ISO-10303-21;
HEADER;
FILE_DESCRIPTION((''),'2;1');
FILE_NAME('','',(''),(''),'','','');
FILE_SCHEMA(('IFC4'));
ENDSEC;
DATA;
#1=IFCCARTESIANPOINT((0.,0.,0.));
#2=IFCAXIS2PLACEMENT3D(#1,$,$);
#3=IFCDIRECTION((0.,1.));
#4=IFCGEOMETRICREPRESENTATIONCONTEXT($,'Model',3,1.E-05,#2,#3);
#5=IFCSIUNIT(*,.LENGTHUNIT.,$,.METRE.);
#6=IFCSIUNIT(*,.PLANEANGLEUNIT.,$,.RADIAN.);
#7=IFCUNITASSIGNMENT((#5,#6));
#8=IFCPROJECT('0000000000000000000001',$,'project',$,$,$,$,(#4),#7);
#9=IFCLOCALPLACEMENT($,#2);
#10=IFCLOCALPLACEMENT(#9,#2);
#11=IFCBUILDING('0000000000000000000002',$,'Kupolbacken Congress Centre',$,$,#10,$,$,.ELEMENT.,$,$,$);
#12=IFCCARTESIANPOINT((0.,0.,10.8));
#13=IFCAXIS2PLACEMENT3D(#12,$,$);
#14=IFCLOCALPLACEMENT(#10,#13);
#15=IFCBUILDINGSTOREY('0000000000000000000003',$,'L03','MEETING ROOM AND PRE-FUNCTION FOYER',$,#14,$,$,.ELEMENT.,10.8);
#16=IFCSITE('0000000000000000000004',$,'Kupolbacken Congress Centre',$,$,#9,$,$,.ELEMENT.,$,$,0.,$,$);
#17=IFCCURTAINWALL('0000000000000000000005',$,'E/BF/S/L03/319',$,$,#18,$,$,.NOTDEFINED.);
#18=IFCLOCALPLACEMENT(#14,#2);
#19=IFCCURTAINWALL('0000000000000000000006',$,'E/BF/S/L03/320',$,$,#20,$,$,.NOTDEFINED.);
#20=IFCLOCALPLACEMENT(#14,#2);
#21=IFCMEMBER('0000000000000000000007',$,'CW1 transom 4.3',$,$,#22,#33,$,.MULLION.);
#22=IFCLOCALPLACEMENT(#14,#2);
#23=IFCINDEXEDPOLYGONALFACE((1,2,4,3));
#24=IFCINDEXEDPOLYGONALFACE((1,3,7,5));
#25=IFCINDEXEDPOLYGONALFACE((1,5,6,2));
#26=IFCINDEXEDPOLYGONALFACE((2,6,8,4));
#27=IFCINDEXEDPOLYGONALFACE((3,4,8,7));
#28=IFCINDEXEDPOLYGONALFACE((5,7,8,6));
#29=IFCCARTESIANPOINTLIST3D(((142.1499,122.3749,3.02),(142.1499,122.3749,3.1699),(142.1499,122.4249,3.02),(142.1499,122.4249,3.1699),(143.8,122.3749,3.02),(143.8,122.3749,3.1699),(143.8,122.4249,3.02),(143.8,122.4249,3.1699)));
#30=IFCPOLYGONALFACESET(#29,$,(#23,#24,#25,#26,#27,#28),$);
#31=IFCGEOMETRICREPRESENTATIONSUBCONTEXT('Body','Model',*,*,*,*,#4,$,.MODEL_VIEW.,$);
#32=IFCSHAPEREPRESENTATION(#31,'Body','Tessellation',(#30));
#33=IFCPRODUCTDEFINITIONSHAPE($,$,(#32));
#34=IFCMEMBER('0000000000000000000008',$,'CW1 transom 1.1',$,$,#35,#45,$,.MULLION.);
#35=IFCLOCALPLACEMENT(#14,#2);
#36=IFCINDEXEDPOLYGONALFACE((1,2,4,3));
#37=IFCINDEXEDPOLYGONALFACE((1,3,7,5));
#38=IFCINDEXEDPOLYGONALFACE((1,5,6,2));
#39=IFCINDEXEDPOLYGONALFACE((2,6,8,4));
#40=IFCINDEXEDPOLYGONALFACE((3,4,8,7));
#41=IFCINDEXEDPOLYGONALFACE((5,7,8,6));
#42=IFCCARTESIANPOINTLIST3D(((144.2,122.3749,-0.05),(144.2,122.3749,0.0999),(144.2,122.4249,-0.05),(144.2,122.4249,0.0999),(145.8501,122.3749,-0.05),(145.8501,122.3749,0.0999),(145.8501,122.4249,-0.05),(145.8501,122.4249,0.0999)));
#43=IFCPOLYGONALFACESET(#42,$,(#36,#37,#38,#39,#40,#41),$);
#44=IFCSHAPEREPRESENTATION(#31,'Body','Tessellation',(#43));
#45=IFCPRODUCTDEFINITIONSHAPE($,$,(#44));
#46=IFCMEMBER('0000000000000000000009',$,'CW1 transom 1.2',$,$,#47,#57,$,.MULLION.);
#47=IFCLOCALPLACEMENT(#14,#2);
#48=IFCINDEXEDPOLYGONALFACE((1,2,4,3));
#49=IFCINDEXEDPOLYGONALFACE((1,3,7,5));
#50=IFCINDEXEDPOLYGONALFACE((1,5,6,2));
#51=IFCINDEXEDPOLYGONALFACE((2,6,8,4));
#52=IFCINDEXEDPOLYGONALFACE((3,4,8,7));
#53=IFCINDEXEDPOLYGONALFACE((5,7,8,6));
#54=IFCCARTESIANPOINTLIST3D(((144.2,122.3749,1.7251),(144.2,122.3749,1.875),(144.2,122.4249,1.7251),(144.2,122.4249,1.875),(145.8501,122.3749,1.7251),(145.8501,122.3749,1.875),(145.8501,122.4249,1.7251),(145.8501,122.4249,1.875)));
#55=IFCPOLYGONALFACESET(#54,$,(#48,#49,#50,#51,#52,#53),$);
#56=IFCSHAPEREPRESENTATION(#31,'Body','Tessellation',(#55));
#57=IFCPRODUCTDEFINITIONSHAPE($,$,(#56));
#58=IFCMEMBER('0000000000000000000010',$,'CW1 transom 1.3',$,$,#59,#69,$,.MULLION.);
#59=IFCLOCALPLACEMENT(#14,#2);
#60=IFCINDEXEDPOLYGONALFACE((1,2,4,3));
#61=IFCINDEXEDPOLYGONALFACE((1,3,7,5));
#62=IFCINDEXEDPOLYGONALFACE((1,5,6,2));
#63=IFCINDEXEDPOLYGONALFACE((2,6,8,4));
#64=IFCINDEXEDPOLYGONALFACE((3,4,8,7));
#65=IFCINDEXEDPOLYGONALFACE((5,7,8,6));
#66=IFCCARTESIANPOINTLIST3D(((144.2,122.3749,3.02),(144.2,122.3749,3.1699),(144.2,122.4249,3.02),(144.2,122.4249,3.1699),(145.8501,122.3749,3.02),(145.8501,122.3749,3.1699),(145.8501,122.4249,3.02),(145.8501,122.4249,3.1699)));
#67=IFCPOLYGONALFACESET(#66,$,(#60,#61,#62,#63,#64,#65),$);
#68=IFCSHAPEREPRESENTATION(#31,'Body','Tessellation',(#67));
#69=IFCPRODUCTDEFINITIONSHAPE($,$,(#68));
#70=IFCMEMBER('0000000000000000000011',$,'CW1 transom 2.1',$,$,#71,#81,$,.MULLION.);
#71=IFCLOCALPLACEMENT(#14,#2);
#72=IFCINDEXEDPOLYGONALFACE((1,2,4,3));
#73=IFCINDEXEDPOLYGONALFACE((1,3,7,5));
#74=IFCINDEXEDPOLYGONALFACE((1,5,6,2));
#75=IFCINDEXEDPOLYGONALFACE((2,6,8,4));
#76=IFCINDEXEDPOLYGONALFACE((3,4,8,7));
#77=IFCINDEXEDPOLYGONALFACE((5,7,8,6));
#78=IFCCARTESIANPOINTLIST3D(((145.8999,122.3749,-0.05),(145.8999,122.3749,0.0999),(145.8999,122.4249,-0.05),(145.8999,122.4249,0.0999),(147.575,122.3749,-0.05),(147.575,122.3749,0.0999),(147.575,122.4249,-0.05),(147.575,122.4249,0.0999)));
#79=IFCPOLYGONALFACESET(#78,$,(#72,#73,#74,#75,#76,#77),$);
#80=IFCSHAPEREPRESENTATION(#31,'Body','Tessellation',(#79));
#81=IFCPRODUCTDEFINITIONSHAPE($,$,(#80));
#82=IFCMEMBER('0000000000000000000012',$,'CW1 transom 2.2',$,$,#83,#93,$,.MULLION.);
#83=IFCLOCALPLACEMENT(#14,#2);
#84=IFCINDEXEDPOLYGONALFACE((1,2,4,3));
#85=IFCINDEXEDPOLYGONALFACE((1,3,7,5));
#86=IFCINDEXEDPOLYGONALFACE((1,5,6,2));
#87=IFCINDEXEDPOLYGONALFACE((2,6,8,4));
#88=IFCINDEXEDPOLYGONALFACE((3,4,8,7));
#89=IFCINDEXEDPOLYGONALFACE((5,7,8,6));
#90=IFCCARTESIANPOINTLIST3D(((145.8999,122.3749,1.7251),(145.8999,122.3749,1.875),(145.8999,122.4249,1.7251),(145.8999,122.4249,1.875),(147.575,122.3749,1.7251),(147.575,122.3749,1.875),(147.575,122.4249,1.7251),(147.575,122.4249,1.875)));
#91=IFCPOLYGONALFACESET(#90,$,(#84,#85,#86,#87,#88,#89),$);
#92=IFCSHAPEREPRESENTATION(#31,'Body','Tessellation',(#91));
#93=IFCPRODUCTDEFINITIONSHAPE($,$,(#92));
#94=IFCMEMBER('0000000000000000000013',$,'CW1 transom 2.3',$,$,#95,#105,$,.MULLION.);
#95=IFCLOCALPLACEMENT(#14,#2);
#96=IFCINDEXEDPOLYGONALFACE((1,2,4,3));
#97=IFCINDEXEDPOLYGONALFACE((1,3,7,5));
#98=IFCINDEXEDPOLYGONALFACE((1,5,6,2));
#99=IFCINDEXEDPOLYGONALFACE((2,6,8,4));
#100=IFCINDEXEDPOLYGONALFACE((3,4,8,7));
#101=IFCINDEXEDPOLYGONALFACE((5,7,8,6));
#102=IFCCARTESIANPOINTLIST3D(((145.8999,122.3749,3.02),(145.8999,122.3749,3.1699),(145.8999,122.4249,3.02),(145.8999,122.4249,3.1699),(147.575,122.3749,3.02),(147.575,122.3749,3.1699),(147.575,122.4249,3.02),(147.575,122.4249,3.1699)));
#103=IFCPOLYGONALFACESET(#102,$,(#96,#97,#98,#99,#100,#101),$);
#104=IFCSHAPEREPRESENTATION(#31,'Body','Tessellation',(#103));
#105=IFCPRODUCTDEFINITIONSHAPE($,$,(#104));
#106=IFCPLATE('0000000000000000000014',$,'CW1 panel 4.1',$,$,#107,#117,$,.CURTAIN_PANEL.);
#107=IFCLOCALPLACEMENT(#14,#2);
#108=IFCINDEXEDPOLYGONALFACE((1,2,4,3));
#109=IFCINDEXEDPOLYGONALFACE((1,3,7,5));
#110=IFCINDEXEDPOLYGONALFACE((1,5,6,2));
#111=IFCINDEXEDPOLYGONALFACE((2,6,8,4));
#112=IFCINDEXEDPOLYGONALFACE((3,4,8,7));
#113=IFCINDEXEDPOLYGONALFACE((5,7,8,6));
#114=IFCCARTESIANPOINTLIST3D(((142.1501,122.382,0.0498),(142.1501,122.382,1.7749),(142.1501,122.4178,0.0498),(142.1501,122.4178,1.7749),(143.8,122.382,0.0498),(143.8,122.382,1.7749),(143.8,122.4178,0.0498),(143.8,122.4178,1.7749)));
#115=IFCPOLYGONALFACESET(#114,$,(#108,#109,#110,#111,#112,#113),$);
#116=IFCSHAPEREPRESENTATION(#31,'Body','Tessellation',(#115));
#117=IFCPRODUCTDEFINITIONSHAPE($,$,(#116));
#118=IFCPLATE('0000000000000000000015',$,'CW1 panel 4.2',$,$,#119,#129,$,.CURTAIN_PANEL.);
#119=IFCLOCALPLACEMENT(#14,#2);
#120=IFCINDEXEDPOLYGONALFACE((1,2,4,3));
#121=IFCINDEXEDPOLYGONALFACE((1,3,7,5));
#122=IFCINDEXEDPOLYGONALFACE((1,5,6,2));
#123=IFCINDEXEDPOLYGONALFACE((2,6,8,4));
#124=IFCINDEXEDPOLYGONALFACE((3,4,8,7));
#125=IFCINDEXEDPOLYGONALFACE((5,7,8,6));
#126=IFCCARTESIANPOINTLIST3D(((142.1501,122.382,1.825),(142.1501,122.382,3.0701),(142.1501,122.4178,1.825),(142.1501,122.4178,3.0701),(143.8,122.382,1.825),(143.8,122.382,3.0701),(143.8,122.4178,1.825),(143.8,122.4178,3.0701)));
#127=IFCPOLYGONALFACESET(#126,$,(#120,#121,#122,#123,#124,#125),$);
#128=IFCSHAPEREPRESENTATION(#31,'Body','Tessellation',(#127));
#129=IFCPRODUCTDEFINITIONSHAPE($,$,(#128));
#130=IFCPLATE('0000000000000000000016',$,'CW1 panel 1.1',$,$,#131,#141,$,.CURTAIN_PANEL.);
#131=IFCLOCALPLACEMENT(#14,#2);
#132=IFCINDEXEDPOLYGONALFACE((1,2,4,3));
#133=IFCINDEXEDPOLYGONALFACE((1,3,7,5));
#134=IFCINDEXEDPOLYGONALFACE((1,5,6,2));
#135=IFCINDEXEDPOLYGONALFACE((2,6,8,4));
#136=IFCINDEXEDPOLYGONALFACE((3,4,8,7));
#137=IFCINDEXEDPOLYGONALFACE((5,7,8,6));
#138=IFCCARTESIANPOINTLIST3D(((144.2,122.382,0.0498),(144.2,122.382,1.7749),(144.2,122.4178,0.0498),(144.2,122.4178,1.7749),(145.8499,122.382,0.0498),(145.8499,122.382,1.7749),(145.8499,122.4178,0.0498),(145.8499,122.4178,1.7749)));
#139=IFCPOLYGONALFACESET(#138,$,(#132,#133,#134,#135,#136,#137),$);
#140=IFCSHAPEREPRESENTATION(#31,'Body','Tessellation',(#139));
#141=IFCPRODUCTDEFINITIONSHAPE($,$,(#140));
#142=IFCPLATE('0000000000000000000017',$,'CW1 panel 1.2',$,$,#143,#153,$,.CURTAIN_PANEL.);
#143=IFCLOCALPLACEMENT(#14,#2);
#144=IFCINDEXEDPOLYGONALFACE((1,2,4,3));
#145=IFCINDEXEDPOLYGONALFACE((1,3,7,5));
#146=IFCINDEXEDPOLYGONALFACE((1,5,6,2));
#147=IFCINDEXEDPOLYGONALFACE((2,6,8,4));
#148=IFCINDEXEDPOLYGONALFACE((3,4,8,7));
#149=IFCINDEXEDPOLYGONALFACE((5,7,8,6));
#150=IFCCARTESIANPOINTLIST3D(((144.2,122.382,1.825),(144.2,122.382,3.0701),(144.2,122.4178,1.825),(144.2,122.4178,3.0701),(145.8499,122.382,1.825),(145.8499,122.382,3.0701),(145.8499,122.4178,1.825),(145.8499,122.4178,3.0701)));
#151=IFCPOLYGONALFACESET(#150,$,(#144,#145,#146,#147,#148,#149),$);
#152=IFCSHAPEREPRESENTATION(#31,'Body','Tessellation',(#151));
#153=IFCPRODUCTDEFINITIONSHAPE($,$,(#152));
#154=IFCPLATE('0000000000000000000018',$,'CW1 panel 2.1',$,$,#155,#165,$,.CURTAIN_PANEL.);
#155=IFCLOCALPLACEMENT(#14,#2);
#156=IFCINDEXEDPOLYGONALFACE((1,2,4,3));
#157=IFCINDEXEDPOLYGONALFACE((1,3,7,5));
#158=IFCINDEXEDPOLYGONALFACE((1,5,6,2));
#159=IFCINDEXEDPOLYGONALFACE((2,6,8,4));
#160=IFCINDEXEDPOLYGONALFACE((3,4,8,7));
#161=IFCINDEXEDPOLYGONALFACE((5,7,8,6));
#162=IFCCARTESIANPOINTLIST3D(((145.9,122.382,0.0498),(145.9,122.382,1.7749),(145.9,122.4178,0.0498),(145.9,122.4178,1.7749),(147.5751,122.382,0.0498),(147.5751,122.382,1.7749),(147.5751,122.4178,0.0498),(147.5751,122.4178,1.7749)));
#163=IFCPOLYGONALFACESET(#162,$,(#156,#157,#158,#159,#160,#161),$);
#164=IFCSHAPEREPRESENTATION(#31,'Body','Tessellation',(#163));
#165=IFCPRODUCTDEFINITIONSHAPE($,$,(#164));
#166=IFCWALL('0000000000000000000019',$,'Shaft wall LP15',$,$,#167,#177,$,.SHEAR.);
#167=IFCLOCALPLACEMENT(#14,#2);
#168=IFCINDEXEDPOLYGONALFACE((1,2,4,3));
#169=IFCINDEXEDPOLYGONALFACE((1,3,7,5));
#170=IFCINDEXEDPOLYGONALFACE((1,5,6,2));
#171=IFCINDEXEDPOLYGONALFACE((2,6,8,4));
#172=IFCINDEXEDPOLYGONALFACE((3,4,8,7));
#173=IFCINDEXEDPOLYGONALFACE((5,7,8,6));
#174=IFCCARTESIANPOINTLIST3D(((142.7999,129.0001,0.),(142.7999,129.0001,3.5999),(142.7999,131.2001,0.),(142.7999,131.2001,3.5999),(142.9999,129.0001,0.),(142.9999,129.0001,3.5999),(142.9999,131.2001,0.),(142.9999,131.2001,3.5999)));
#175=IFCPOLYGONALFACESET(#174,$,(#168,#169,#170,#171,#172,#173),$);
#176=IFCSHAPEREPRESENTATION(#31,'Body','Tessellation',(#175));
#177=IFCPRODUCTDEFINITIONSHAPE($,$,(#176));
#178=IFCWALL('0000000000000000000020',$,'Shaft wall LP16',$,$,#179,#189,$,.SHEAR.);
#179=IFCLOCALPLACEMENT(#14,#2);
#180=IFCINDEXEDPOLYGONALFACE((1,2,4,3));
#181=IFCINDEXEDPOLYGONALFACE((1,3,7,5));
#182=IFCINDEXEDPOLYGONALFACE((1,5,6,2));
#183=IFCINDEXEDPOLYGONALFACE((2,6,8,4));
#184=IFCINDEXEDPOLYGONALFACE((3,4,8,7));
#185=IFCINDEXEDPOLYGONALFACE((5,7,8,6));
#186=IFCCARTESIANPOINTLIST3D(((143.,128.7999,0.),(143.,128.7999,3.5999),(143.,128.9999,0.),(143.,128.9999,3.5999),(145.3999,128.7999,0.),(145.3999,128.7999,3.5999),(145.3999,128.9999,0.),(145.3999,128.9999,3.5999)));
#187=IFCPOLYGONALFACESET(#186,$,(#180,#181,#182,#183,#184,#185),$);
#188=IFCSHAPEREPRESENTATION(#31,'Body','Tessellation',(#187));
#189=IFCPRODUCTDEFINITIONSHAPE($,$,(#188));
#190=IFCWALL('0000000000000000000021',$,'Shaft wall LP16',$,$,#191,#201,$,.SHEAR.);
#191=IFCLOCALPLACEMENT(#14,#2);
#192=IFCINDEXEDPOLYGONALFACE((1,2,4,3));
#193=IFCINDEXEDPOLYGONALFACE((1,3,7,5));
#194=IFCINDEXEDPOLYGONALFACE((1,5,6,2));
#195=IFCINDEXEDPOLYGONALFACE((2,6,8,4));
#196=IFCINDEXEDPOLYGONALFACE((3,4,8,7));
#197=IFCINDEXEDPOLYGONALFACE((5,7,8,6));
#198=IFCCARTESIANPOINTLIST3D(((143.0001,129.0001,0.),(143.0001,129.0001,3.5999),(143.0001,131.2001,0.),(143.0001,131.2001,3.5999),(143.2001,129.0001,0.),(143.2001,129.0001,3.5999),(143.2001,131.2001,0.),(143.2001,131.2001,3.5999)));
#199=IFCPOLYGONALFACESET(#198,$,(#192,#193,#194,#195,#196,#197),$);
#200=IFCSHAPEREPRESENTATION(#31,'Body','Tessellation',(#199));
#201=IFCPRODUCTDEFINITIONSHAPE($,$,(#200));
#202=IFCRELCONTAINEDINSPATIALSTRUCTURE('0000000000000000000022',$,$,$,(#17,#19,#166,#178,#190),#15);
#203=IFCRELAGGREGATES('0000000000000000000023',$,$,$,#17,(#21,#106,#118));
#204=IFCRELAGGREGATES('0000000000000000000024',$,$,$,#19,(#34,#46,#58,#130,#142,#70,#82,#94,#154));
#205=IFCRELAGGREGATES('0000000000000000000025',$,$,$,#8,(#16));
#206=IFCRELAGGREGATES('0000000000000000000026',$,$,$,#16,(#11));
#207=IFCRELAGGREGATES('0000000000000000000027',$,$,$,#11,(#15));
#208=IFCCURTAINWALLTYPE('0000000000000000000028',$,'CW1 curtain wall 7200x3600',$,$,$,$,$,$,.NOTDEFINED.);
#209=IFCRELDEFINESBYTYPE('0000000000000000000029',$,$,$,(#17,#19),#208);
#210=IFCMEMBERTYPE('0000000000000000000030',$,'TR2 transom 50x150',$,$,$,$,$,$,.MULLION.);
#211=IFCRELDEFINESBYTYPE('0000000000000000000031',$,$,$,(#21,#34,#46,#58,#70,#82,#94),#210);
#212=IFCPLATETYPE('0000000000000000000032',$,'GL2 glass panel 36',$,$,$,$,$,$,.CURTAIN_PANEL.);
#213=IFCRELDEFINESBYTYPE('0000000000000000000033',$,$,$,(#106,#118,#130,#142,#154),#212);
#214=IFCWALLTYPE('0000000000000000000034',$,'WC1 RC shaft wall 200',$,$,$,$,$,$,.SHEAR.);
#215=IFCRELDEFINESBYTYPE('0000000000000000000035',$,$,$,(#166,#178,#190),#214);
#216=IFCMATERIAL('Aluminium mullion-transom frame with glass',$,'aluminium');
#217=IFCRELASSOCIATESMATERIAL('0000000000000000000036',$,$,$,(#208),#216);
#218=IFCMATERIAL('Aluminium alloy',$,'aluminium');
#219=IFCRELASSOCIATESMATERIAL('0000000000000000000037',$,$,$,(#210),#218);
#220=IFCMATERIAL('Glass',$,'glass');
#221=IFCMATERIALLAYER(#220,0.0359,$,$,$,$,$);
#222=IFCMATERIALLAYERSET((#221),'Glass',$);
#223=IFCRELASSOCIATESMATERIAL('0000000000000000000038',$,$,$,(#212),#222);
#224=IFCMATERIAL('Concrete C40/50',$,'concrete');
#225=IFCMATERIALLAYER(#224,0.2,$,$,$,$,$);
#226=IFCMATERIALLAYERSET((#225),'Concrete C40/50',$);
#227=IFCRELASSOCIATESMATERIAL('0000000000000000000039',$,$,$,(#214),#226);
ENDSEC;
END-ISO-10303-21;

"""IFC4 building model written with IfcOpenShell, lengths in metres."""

from ifc_helpers import new_model, si_unit, direction, frame, frame_2d, origin, origin_2d, place, context, subcontext, project, spatial, rectangle, extrude, material, layer, layer_set, material_profile, profile_set, type_object, element, aggregate, save


model = new_model("IFC4")

# Units and contexts
model_context = context("Model", 3, precision=1e-05, world=origin(), true_north=direction((0.0, 1.0)))
body_context = subcontext(model_context, "Body", "Model", "MODEL_VIEW")
ifc_project = project(units=[si_unit("LENGTHUNIT", "METRE"), si_unit("PLANEANGLEUNIT", "RADIAN")], contexts=[model_context])

# Site, building, storey
site_placement = place(None, origin())
site = spatial("IfcSite", under=ifc_project, at=site_placement, Name="Kupolbacken Congress Centre", CompositionType="ELEMENT", RefElevation=0.0)
building_placement = place(site_placement, origin())
building = spatial("IfcBuilding", under=site, at=building_placement, Name="Kupolbacken Congress Centre", CompositionType="ELEMENT")
storey_placement = place(building_placement, frame((0.0, 0.0, 10.8)))
storey = spatial("IfcBuildingStorey", under=building, at=storey_placement, Name="L03", Description="MEETING ROOM AND PRE-FUNCTION FOYER", CompositionType="ELEMENT", Elevation=10.8)

# Curtain wall
ifc_material_1 = material(Name="Aluminium mullion-transom frame with glass", Category="aluminium")
curtain_wall_type = type_object("IfcCurtainWallType", Name="CW1 curtain wall 7200x3600", PredefinedType="NOTDEFINED", material=ifc_material_1)
curtain_wall_1_placement = place(storey_placement, origin())
curtain_wall_1 = element("IfcCurtainWall", 1, at=curtain_wall_1_placement, inside=storey, type_object=curtain_wall_type, Name="E/BF/S/L03/319", PredefinedType="NOTDEFINED")

# Curtain wall
curtain_wall_2_placement = place(storey_placement, origin())
curtain_wall_2 = element("IfcCurtainWall", 2, at=curtain_wall_2_placement, inside=storey, type_object=curtain_wall_type, Name="E/BF/S/L03/320", PredefinedType="NOTDEFINED")

# Members
ifc_material_2 = material(Name="Aluminium alloy", Category="aluminium")
ifc_material_profile_1 = material_profile(ifc_material_2, rectangle(XDim=0.05, YDim=0.1499, at=origin_2d()), Name="50 x 150")
ifc_profile_set_1 = profile_set([ifc_material_profile_1], Name="Aluminium alloy")
member_type_1 = type_object("IfcMemberType", Name="TR2 transom 50x150", PredefinedType="MULLION", material=ifc_profile_set_1)
member_1_placement = place(storey_placement, frame((142.1499, 122.3999, 3.095), z_axis=(1.0, 0.0, 0.0), x_axis=(0.0, 1.0, 0.0)))
member_1 = element("IfcMember", 3, at=member_1_placement, type_object=member_type_1, Name="CW1 transom 4.3", PredefinedType="MULLION", context=body_context, shape_type="SweptSolid", body=[
    extrude(rectangle(XDim=0.05, YDim=0.1499, at=origin_2d()), origin(), (0.0, 0.0, 1.0), 1.6501),
])
member_2_placement = place(storey_placement, frame((144.2, 122.3999, 0.0249), z_axis=(1.0, 0.0, 0.0), x_axis=(0.0, 1.0, 0.0)))
member_2 = element("IfcMember", 4, at=member_2_placement, type_object=member_type_1, Name="CW1 transom 1.1", PredefinedType="MULLION", context=body_context, shape_type="SweptSolid", body=[
    extrude(rectangle(XDim=0.05, YDim=0.1499, at=origin_2d()), origin(), (0.0, 0.0, 1.0), 1.6501),
])
member_3_placement = place(storey_placement, frame((144.2, 122.3999, 1.8), z_axis=(1.0, 0.0, 0.0), x_axis=(0.0, 1.0, 0.0)))
member_3 = element("IfcMember", 5, at=member_3_placement, type_object=member_type_1, Name="CW1 transom 1.2", PredefinedType="MULLION", context=body_context, shape_type="SweptSolid", body=[
    extrude(rectangle(XDim=0.05, YDim=0.1499, at=origin_2d()), origin(), (0.0, 0.0, 1.0), 1.6501),
])
member_4_placement = place(storey_placement, frame((144.2, 122.3999, 3.095), z_axis=(1.0, 0.0, 0.0), x_axis=(0.0, 1.0, 0.0)))
member_4 = element("IfcMember", 6, at=member_4_placement, type_object=member_type_1, Name="CW1 transom 1.3", PredefinedType="MULLION", context=body_context, shape_type="SweptSolid", body=[
    extrude(rectangle(XDim=0.05, YDim=0.1499, at=origin_2d()), origin(), (0.0, 0.0, 1.0), 1.6501),
])
member_5_placement = place(storey_placement, frame((145.8999, 122.3999, 0.0249), z_axis=(1.0, 0.0, 0.0), x_axis=(0.0, 1.0, 0.0)))
member_5 = element("IfcMember", 7, at=member_5_placement, type_object=member_type_1, Name="CW1 transom 2.1", PredefinedType="MULLION", context=body_context, shape_type="SweptSolid", body=[
    extrude(rectangle(XDim=0.05, YDim=0.1499, at=origin_2d()), origin(), (0.0, 0.0, 1.0), 1.675),
])
member_6_placement = place(storey_placement, frame((145.8999, 122.3999, 1.8), z_axis=(1.0, 0.0, 0.0), x_axis=(0.0, 1.0, 0.0)))
member_6 = element("IfcMember", 8, at=member_6_placement, type_object=member_type_1, Name="CW1 transom 2.2", PredefinedType="MULLION", context=body_context, shape_type="SweptSolid", body=[
    extrude(rectangle(XDim=0.05, YDim=0.1499, at=origin_2d()), origin(), (0.0, 0.0, 1.0), 1.675),
])
member_7_placement = place(storey_placement, frame((145.8999, 122.3999, 3.095), z_axis=(1.0, 0.0, 0.0), x_axis=(0.0, 1.0, 0.0)))
member_7 = element("IfcMember", 9, at=member_7_placement, type_object=member_type_1, Name="CW1 transom 2.3", PredefinedType="MULLION", context=body_context, shape_type="SweptSolid", body=[
    extrude(rectangle(XDim=0.05, YDim=0.1499, at=origin_2d()), origin(), (0.0, 0.0, 1.0), 1.675),
])

# Plates
ifc_material_3 = material(Name="Glass", Category="glass")
ifc_layer_1 = layer(ifc_material_3, 0.0359)
ifc_layer_set_1 = layer_set([ifc_layer_1], Name="Glass")
plate_type = type_object("IfcPlateType", Name="GL2 glass panel 36", PredefinedType="CURTAIN_PANEL", material=ifc_layer_set_1)
plate_1_placement = place(storey_placement, frame((142.9751, 122.3999, 0.0498), z_axis=(0.0, 0.0, 1.0), x_axis=(1.0, 0.0, 0.0)))
plate_1 = element("IfcPlate", 10, at=plate_1_placement, type_object=plate_type, Name="CW1 panel 4.1", PredefinedType="CURTAIN_PANEL", context=body_context, shape_type="SweptSolid", body=[
    extrude(rectangle(XDim=1.6499, YDim=0.0359, at=origin_2d()), origin(), (0.0, 0.0, 1.0), 1.7251),
])
plate_2_placement = place(storey_placement, frame((142.9751, 122.3999, 1.825), z_axis=(0.0, 0.0, 1.0), x_axis=(1.0, 0.0, 0.0)))
plate_2 = element("IfcPlate", 11, at=plate_2_placement, type_object=plate_type, Name="CW1 panel 4.2", PredefinedType="CURTAIN_PANEL", context=body_context, shape_type="SweptSolid", body=[
    extrude(rectangle(XDim=1.6499, YDim=0.0359, at=origin_2d()), origin(), (0.0, 0.0, 1.0), 1.2451),
])
aggregate(curtain_wall_1, [member_1, plate_1, plate_2])
plate_3_placement = place(storey_placement, frame((145.0249, 122.3999, 0.0498), z_axis=(0.0, 0.0, 1.0), x_axis=(1.0, 0.0, 0.0)))
plate_3 = element("IfcPlate", 12, at=plate_3_placement, type_object=plate_type, Name="CW1 panel 1.1", PredefinedType="CURTAIN_PANEL", context=body_context, shape_type="SweptSolid", body=[
    extrude(rectangle(XDim=1.6499, YDim=0.0359, at=origin_2d()), origin(), (0.0, 0.0, 1.0), 1.7251),
])
plate_4_placement = place(storey_placement, frame((145.0249, 122.3999, 1.825), z_axis=(0.0, 0.0, 1.0), x_axis=(1.0, 0.0, 0.0)))
plate_4 = element("IfcPlate", 13, at=plate_4_placement, type_object=plate_type, Name="CW1 panel 1.2", PredefinedType="CURTAIN_PANEL", context=body_context, shape_type="SweptSolid", body=[
    extrude(rectangle(XDim=1.6499, YDim=0.0359, at=origin_2d()), origin(), (0.0, 0.0, 1.0), 1.2451),
])
plate_5_placement = place(storey_placement, frame((146.7375, 122.3999, 0.0498), z_axis=(0.0, 0.0, 1.0), x_axis=(1.0, 0.0, 0.0)))
plate_5 = element("IfcPlate", 14, at=plate_5_placement, type_object=plate_type, Name="CW1 panel 2.1", PredefinedType="CURTAIN_PANEL", context=body_context, shape_type="SweptSolid", body=[
    extrude(rectangle(XDim=1.675, YDim=0.0359, at=origin_2d()), origin(), (0.0, 0.0, 1.0), 1.7251),
])
aggregate(curtain_wall_2, [member_2, member_3, member_4, plate_3, plate_4, member_5, member_6, member_7, plate_5])

# Walls
ifc_material_4 = material(Name="Concrete C40/50", Category="concrete")
ifc_layer_2 = layer(ifc_material_4, 0.2)
ifc_layer_set_2 = layer_set([ifc_layer_2], Name="Concrete C40/50")
wall_type = type_object("IfcWallType", Name="WC1 RC shaft wall 200", PredefinedType="SHEAR", material=ifc_layer_set_2)
wall_1_placement = place(storey_placement, frame((142.8999, 129.0, 0.0), z_axis=(0.0, 0.0, 1.0), x_axis=(0.0, 1.0, 0.0)))
element("IfcWall", 15, at=wall_1_placement, inside=storey, type_object=wall_type, Name="Shaft wall LP15", PredefinedType="SHEAR", context=body_context, shape_type="SweptSolid", body=[
    extrude(rectangle(XDim=2.2, YDim=0.2, at=frame_2d((1.1001, 0.0))), origin(), (0.0, 0.0, 1.0), 3.5999),
])
wall_2_placement = place(storey_placement, frame((143.0, 128.8999, 0.0), z_axis=(0.0, 0.0, 1.0), x_axis=(1.0, 0.0, 0.0)))
element("IfcWall", 16, at=wall_2_placement, inside=storey, type_object=wall_type, Name="Shaft wall LP16", PredefinedType="SHEAR", context=body_context, shape_type="SweptSolid", body=[
    extrude(rectangle(XDim=2.3999, YDim=0.2, at=frame_2d((1.2, 0.0))), origin(), (0.0, 0.0, 1.0), 3.5999),
])
wall_3_placement = place(storey_placement, frame((143.1001, 129.0, 0.0), z_axis=(0.0, 0.0, 1.0), x_axis=(0.0, 1.0, 0.0)))
element("IfcWall", 17, at=wall_3_placement, inside=storey, type_object=wall_type, Name="Shaft wall LP16", PredefinedType="SHEAR", context=body_context, shape_type="SweptSolid", body=[
    extrude(rectangle(XDim=2.2, YDim=0.2, at=frame_2d((1.1001, 0.0))), origin(), (0.0, 0.0, 1.0), 3.5999),
])

save(model, "model.ifc")
